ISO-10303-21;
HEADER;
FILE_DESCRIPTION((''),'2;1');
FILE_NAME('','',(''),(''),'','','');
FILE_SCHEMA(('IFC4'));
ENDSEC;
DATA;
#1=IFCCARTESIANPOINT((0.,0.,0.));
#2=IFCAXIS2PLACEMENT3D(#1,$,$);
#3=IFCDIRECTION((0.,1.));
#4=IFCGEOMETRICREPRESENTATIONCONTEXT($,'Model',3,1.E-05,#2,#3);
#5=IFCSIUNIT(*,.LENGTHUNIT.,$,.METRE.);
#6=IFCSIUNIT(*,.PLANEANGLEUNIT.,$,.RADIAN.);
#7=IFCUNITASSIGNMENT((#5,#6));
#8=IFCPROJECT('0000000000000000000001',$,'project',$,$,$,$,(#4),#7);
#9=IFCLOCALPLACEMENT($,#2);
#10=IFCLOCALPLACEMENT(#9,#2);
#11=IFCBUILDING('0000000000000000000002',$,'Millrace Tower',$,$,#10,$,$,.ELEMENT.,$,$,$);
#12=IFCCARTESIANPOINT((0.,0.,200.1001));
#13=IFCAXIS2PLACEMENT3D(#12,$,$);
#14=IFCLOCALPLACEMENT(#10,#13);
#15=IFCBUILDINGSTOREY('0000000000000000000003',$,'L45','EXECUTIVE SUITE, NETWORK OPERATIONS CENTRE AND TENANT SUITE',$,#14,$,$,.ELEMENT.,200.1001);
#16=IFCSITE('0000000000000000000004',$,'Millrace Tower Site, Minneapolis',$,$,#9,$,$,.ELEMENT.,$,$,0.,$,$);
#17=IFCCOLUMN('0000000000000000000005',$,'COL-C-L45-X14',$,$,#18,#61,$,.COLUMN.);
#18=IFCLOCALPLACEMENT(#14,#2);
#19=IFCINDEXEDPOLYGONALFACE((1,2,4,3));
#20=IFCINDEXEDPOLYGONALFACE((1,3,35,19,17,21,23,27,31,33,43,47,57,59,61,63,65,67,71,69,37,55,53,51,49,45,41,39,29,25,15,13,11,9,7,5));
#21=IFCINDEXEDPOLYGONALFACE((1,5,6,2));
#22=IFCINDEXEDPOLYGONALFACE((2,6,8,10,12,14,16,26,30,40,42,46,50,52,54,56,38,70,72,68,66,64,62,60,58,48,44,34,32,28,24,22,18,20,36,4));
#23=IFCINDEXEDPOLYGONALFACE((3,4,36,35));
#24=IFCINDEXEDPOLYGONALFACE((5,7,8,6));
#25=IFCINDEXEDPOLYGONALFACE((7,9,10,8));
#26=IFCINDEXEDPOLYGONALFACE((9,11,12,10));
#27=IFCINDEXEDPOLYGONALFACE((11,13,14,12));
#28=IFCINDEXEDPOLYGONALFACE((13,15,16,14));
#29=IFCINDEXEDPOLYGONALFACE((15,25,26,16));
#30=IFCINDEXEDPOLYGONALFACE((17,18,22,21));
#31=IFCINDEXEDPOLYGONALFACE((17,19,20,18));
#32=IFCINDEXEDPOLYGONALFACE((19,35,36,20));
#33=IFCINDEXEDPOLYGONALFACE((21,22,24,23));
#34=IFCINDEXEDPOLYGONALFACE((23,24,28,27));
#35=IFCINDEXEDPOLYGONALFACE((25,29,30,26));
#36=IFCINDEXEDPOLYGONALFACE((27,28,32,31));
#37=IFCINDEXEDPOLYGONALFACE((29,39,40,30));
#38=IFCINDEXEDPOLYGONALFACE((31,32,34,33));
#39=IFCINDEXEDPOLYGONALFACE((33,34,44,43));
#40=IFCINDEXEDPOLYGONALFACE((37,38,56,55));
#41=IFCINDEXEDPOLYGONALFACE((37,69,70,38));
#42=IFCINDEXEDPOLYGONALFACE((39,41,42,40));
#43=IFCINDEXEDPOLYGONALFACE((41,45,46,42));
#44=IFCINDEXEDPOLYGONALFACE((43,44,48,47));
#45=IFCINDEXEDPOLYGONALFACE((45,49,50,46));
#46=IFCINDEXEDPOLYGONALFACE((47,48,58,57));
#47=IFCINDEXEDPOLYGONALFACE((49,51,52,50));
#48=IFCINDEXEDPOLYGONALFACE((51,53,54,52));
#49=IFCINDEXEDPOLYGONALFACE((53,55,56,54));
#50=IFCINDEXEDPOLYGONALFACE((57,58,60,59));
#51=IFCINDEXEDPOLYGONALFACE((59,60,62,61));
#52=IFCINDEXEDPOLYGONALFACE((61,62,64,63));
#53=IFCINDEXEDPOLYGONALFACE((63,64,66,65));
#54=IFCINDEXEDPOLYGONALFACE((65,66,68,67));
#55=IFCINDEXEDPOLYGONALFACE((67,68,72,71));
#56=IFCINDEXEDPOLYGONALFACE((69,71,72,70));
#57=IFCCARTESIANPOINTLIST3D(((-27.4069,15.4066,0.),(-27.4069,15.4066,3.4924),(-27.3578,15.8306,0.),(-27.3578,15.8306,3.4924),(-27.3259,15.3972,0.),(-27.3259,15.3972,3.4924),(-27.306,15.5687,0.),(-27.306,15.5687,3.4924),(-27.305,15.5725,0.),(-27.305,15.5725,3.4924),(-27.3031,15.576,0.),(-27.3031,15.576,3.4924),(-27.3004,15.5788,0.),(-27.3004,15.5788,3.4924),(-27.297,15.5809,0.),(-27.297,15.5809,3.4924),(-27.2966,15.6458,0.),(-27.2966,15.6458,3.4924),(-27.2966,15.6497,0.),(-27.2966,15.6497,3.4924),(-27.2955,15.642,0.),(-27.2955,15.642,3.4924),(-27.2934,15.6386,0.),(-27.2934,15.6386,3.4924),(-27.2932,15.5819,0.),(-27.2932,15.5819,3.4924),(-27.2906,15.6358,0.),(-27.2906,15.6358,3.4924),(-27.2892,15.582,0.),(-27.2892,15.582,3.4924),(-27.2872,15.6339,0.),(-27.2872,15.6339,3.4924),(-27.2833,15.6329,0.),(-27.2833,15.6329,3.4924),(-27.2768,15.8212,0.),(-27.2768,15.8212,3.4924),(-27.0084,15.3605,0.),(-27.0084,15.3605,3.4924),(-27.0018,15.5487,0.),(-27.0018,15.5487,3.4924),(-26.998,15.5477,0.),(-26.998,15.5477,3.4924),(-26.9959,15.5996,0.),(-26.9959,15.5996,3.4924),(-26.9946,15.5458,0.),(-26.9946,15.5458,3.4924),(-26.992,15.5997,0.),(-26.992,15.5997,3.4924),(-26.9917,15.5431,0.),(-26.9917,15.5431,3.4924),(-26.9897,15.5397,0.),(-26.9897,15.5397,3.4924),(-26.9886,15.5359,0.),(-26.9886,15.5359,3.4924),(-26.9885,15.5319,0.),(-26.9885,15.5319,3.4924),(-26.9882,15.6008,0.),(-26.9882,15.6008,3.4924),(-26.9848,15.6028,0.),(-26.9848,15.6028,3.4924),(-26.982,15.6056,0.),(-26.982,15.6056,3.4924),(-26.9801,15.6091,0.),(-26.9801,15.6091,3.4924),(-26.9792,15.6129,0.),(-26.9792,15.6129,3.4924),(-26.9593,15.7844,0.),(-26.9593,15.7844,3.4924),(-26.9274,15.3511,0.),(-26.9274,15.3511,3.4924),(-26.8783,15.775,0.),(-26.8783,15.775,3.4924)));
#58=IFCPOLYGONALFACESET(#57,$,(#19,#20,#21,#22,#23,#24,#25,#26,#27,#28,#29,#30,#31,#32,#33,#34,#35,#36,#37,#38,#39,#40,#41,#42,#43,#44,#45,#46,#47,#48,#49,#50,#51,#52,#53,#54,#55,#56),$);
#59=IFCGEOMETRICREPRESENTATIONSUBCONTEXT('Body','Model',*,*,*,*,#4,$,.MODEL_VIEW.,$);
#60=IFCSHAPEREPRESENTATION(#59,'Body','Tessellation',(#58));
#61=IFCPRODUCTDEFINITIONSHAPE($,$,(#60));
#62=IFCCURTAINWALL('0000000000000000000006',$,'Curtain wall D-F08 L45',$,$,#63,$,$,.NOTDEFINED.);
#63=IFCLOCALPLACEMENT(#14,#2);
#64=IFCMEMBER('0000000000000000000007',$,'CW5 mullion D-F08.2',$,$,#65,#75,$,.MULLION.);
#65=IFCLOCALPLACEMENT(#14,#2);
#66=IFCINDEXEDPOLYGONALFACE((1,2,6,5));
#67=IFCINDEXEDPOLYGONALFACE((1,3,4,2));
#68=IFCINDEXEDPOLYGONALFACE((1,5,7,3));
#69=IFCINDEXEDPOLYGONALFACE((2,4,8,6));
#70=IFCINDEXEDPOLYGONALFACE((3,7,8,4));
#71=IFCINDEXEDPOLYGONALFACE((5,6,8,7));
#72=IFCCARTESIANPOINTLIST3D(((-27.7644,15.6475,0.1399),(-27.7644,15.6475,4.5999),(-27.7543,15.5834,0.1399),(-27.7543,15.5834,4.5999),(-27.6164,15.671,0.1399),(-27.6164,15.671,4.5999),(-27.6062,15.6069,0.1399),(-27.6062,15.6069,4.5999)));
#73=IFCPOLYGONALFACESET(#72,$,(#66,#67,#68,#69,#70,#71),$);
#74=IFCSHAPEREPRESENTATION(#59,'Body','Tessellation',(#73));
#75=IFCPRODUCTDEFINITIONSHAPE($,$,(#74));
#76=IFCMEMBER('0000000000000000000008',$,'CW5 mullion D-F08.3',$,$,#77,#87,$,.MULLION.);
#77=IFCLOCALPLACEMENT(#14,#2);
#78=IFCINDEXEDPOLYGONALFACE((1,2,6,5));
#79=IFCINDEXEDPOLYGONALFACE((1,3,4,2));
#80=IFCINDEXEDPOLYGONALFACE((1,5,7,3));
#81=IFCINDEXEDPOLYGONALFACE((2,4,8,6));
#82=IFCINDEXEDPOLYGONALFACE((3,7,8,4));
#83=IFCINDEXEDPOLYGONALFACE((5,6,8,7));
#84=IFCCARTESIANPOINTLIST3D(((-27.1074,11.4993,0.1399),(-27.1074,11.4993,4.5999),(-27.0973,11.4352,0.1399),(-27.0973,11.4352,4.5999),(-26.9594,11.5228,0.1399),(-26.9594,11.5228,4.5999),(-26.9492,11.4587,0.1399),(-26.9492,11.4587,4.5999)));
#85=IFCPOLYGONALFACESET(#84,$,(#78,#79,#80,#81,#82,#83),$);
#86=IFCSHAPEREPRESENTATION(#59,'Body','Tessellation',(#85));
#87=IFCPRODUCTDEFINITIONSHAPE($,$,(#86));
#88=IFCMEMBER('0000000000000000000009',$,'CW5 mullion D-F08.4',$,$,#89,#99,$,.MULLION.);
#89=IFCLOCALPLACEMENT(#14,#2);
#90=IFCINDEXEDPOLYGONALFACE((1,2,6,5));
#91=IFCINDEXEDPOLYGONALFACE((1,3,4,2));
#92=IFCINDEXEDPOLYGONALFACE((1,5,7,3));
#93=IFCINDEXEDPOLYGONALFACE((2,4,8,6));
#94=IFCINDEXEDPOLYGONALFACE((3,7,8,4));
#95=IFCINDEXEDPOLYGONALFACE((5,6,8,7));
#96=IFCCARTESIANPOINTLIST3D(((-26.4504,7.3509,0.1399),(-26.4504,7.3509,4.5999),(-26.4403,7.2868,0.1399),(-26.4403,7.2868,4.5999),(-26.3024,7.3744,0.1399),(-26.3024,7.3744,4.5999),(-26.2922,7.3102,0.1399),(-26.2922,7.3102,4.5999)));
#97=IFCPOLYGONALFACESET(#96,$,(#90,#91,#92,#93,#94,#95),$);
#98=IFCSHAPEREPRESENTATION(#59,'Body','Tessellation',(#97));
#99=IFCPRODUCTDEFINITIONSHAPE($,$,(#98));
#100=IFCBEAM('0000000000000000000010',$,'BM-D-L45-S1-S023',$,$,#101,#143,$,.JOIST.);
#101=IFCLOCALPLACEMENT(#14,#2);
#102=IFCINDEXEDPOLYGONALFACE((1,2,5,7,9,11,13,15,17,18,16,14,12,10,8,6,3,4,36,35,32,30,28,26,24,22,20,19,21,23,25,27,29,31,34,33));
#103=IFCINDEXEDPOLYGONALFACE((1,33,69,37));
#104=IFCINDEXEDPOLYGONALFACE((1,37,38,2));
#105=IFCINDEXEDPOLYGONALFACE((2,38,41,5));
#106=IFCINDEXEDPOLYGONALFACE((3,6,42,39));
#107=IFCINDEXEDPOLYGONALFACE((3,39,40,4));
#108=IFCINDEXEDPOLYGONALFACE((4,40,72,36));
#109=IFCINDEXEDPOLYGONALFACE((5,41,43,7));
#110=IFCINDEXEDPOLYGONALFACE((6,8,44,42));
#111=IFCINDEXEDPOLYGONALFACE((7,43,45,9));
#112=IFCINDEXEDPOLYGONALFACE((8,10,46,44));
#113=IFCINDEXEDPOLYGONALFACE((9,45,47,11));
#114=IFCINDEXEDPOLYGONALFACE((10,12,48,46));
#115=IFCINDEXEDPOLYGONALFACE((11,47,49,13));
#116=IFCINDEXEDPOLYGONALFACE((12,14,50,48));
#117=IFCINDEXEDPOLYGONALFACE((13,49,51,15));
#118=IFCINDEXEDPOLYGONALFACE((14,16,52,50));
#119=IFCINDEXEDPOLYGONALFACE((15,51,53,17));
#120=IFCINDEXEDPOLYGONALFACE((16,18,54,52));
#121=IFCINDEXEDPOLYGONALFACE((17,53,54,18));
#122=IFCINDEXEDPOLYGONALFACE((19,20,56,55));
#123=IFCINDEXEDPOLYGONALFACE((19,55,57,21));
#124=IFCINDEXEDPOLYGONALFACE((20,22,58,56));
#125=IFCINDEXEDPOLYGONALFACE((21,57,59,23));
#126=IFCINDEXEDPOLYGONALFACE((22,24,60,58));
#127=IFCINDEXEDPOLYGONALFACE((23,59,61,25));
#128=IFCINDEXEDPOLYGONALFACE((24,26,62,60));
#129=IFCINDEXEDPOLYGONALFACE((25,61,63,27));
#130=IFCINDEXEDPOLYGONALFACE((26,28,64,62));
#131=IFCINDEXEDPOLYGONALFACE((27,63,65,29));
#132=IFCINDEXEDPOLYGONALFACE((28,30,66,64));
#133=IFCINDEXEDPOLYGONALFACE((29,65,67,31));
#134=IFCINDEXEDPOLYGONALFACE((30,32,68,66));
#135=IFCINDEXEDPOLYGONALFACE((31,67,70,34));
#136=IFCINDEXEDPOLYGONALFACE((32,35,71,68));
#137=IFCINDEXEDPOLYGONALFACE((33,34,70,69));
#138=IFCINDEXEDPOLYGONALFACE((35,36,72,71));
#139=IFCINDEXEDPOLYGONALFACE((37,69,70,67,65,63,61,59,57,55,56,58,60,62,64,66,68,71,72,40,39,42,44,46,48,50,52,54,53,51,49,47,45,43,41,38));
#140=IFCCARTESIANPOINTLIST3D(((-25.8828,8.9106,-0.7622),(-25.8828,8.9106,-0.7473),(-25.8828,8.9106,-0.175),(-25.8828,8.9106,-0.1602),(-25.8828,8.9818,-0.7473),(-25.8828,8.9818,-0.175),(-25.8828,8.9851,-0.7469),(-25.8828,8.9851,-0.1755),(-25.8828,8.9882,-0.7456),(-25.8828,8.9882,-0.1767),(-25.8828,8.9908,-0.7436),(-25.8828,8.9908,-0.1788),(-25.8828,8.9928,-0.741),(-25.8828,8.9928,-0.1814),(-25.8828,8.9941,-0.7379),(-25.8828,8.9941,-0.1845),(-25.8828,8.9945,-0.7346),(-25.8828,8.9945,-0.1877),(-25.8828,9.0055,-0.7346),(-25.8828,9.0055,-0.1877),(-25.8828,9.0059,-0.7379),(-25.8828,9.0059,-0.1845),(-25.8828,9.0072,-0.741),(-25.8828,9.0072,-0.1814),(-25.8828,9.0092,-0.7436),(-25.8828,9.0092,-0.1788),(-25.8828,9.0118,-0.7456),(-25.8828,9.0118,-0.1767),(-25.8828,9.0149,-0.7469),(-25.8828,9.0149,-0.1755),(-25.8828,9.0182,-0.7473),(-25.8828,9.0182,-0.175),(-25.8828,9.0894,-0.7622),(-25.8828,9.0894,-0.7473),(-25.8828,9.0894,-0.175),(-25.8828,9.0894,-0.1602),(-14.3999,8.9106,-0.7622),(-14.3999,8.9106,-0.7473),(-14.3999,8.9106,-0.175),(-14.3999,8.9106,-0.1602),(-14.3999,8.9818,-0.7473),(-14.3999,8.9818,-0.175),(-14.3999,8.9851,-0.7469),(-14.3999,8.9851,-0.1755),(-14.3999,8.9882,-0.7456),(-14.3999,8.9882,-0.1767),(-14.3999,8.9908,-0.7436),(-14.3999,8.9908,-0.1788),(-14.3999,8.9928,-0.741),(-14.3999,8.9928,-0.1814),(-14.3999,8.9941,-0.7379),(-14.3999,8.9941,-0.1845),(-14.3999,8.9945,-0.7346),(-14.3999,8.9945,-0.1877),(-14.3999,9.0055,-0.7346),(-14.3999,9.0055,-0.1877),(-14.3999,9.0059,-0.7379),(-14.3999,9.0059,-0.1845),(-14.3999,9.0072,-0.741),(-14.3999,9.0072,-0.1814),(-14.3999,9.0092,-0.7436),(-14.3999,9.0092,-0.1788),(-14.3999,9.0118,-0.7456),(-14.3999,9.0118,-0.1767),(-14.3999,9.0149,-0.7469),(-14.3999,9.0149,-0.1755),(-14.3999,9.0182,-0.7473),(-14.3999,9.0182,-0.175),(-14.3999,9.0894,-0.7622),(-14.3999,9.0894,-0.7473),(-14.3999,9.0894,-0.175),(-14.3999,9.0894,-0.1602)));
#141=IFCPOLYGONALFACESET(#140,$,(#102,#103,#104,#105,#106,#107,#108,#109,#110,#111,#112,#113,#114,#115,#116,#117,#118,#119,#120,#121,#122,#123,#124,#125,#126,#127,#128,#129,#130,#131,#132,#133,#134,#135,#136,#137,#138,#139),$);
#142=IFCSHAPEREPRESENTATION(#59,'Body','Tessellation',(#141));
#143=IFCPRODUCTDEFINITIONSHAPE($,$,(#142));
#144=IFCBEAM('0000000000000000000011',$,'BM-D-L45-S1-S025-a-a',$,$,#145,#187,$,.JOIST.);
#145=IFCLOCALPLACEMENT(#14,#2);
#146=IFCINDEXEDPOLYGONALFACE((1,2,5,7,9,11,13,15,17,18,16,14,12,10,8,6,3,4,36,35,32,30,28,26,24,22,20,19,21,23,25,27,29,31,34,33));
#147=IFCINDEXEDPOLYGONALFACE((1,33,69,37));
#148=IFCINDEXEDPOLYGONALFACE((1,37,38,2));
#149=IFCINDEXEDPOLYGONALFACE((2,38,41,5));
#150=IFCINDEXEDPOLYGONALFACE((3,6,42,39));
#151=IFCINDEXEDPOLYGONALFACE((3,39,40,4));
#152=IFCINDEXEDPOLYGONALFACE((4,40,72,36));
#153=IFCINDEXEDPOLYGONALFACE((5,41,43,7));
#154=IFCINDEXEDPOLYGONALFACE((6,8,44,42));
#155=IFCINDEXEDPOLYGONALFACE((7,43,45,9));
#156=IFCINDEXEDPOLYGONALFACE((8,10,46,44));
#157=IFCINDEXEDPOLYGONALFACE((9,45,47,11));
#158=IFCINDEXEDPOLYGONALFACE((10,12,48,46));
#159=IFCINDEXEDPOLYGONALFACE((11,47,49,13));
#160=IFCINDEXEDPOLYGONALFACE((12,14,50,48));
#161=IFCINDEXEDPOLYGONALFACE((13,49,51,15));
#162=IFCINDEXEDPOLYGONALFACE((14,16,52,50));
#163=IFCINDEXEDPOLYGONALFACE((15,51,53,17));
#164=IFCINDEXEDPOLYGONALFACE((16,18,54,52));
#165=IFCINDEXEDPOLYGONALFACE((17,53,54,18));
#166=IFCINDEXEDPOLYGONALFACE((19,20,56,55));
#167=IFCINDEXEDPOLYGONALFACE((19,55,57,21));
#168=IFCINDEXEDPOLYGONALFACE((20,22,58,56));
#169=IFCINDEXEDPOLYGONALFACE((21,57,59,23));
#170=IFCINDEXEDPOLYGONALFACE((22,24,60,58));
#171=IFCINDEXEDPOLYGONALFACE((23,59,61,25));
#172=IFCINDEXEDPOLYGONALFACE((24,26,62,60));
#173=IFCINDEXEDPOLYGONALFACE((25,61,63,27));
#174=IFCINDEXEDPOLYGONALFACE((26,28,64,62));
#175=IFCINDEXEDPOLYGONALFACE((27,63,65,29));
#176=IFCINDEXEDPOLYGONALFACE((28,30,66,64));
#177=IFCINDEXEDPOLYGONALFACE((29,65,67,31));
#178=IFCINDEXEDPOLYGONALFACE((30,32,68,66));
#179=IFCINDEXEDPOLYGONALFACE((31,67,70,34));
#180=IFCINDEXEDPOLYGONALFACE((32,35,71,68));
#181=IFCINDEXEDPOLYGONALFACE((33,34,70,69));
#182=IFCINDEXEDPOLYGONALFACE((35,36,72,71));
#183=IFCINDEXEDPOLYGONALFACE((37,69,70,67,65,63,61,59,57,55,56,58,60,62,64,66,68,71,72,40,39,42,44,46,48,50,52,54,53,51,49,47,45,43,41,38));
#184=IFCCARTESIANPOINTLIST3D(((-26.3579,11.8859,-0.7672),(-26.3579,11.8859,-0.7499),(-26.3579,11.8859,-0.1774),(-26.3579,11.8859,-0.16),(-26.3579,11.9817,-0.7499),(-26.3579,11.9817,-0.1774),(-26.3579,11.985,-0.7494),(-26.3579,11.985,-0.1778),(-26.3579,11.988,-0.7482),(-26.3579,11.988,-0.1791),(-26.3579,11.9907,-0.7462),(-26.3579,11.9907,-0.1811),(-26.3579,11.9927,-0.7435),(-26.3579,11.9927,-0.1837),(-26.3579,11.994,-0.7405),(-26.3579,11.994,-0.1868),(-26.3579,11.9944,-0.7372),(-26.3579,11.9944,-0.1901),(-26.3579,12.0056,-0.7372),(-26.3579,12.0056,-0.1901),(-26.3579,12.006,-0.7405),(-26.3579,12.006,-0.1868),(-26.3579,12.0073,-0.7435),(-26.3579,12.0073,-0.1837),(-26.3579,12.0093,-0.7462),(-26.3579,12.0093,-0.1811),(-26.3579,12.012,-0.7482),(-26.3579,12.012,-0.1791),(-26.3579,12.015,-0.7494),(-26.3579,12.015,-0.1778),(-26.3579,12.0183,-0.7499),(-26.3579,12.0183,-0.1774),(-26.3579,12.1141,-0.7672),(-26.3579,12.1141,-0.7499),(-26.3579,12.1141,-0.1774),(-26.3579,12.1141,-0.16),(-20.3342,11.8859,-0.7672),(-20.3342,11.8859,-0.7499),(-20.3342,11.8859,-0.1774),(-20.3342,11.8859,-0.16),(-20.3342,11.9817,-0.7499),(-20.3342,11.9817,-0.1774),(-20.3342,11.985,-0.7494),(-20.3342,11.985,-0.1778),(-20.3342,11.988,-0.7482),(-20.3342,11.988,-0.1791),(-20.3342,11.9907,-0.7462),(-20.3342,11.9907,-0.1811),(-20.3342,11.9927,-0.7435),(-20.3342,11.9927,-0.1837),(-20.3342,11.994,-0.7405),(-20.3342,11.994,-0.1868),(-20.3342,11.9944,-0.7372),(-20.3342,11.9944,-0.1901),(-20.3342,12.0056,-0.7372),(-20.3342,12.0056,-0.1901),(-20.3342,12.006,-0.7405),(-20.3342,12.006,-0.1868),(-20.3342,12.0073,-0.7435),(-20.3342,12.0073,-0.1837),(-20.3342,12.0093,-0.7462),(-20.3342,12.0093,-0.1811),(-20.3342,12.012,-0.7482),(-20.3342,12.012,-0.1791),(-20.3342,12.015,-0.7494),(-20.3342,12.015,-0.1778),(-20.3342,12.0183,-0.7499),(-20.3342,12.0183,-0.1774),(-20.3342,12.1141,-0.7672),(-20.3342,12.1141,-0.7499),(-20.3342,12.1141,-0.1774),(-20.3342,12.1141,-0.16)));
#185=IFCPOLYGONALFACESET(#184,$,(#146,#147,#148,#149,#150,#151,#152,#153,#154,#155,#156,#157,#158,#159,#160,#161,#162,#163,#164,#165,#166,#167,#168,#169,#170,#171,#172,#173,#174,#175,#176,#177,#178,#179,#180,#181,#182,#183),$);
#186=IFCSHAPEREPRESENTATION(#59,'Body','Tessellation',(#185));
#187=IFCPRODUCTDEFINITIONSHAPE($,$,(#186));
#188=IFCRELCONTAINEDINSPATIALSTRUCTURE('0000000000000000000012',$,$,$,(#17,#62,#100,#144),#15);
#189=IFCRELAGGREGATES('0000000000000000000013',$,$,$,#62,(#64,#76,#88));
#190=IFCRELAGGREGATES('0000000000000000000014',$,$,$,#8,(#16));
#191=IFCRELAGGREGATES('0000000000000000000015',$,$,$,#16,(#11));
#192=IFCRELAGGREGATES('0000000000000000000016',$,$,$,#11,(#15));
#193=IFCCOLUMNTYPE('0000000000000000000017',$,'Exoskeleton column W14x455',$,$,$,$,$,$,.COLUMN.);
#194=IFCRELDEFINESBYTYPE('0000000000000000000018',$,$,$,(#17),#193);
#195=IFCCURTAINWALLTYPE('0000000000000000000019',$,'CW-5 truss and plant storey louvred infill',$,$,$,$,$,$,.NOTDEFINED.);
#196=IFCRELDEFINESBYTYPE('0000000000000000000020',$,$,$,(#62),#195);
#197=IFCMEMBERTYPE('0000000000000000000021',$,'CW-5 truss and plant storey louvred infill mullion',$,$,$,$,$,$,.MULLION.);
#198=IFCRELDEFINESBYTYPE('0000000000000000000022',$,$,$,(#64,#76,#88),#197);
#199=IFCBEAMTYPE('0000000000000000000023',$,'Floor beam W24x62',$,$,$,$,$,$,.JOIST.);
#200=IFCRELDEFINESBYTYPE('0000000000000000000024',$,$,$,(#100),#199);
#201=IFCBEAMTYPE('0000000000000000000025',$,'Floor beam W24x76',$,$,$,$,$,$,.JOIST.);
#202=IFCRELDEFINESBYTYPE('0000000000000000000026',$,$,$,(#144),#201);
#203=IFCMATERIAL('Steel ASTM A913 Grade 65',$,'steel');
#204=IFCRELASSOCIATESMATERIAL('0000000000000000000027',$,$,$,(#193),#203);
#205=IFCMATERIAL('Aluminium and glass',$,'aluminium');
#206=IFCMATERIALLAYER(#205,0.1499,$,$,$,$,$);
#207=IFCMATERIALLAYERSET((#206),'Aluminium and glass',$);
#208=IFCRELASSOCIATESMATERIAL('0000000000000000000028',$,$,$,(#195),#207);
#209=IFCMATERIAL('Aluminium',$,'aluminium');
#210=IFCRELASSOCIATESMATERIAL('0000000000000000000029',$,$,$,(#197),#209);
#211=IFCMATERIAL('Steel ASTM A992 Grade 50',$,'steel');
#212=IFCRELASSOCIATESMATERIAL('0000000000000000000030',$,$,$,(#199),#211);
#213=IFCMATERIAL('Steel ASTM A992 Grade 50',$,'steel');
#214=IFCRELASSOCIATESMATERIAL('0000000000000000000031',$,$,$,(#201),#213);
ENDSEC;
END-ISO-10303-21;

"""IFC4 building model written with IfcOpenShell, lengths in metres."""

from ifc_helpers import new_model, si_unit, direction, frame, origin, origin_2d, place, context, subcontext, project, spatial, rectangle, i_section, extrude, material, layer, layer_set, material_profile, profile_set, type_object, element, aggregate, save


model = new_model("IFC4")

# Units and contexts
model_context = context("Model", 3, precision=1e-05, world=origin(), true_north=direction((0.0, 1.0)))
body_context = subcontext(model_context, "Body", "Model", "MODEL_VIEW")
ifc_project = project(units=[si_unit("LENGTHUNIT", "METRE"), si_unit("PLANEANGLEUNIT", "RADIAN")], contexts=[model_context])

# Site, building, storey
site_placement = place(None, origin())
site = spatial("IfcSite", under=ifc_project, at=site_placement, Name="Millrace Tower Site, Minneapolis", CompositionType="ELEMENT", RefElevation=0.0)
building_placement = place(site_placement, origin())
building = spatial("IfcBuilding", under=site, at=building_placement, Name="Millrace Tower", CompositionType="ELEMENT")
storey_placement = place(building_placement, frame((0.0, 0.0, 200.1001)))
storey = spatial("IfcBuildingStorey", under=building, at=storey_placement, Name="L45", Description="EXECUTIVE SUITE, NETWORK OPERATIONS CENTRE AND TENANT SUITE", CompositionType="ELEMENT", Elevation=200.1001)

# Column
ifc_material_1 = material(Name="Steel ASTM A913 Grade 65", Category="steel")
ifc_material_profile_1 = material_profile(ifc_material_1, i_section(OverallWidth=0.4268, OverallDepth=0.4827, WebThickness=0.0513, FlangeThickness=0.0815, FilletRadius=0.0151, at=origin_2d()))
ifc_profile_set_1 = profile_set([ifc_material_profile_1], Name="Steel ASTM A913 Grade 65")
column_type = type_object("IfcColumnType", Name="Exoskeleton column W14x455", PredefinedType="COLUMN", material=ifc_profile_set_1)
column_placement = place(storey_placement, frame((-27.1426, 15.5908, 0.0), z_axis=(0.0, 0.0, 1.0), x_axis=(-0.115069, -0.993358, 0.0)))
element("IfcColumn", 1, at=column_placement, inside=storey, type_object=column_type, Name="COL-C-L45-X14", PredefinedType="COLUMN", context=body_context, shape_type="SweptSolid", body=[
    extrude(i_section(OverallWidth=0.4268, OverallDepth=0.4827, WebThickness=0.0513, FlangeThickness=0.0815, FilletRadius=0.0151, at=origin_2d()), origin(), (0.0, 0.0, 1.0), 3.4924),
])

# Curtain wall, members
ifc_material_2 = material(Name="Aluminium and glass", Category="aluminium")
ifc_layer_1 = layer(ifc_material_2, 0.1499)
ifc_layer_set_1 = layer_set([ifc_layer_1], Name="Aluminium and glass")
curtain_wall_type = type_object("IfcCurtainWallType", Name="CW-5 truss and plant storey louvred infill", PredefinedType="NOTDEFINED", material=ifc_layer_set_1)
curtain_wall_placement = place(storey_placement, origin())
curtain_wall = element("IfcCurtainWall", 2, at=curtain_wall_placement, inside=storey, type_object=curtain_wall_type, Name="Curtain wall D-F08 L45", PredefinedType="NOTDEFINED")
ifc_material_3 = material(Name="Aluminium", Category="aluminium")
ifc_material_profile_2 = material_profile(ifc_material_3, rectangle(XDim=0.0649, YDim=0.1499, at=origin_2d()))
ifc_profile_set_2 = profile_set([ifc_material_profile_2], Name="Aluminium")
member_type_1 = type_object("IfcMemberType", Name="CW-5 truss and plant storey louvred infill mullion", PredefinedType="MULLION", material=ifc_profile_set_2)
member_1_placement = place(storey_placement, frame((-27.6853, 15.6272, 0.1399), z_axis=(0.0, 0.0, 1.0), x_axis=(0.156434, -0.987688, 0.0)))
member_1 = element("IfcMember", 3, at=member_1_placement, type_object=member_type_1, Name="CW5 mullion D-F08.2", PredefinedType="MULLION", context=body_context, shape_type="SweptSolid", body=[
    extrude(rectangle(XDim=0.0649, YDim=0.1499, at=origin_2d()), origin(), (0.0, 0.0, 1.0), 4.46),
])
member_2_placement = place(storey_placement, frame((-27.0283, 11.479, 0.1399), z_axis=(0.0, 0.0, 1.0), x_axis=(0.156434, -0.987688, 0.0)))
member_2 = element("IfcMember", 4, at=member_2_placement, type_object=member_type_1, Name="CW5 mullion D-F08.3", PredefinedType="MULLION", context=body_context, shape_type="SweptSolid", body=[
    extrude(rectangle(XDim=0.0649, YDim=0.1499, at=origin_2d()), origin(), (0.0, 0.0, 1.0), 4.46),
])
member_3_placement = place(storey_placement, frame((-26.3713, 7.3306, 0.1399), z_axis=(0.0, 0.0, 1.0), x_axis=(0.156434, -0.987688, 0.0)))
member_3 = element("IfcMember", 5, at=member_3_placement, type_object=member_type_1, Name="CW5 mullion D-F08.4", PredefinedType="MULLION", context=body_context, shape_type="SweptSolid", body=[
    extrude(rectangle(XDim=0.0649, YDim=0.1499, at=origin_2d()), origin(), (0.0, 0.0, 1.0), 4.46),
])
aggregate(curtain_wall, [member_1, member_2, member_3])

# Beams
ifc_material_4 = material(Name="Steel ASTM A992 Grade 50", Category="steel")
ifc_material_profile_3 = material_profile(ifc_material_4, i_section(OverallWidth=0.1787, OverallDepth=0.6021, WebThickness=0.011, FlangeThickness=0.0149, FilletRadius=0.0127, at=origin_2d()))
ifc_profile_set_3 = profile_set([ifc_material_profile_3], Name="Steel ASTM A992 Grade 50")
beam_type_1 = type_object("IfcBeamType", Name="Floor beam W24x62", PredefinedType="JOIST", material=ifc_profile_set_3)
beam_1_placement = place(storey_placement, frame((-25.8828, 9.0, -0.4612), z_axis=(1.0, 0.0, 0.0), x_axis=(0.0, 1.0, 0.0)))
element("IfcBeam", 6, at=beam_1_placement, inside=storey, type_object=beam_type_1, Name="BM-D-L45-S1-S023", PredefinedType="JOIST", context=body_context, shape_type="SweptSolid", body=[
    extrude(i_section(OverallWidth=0.1787, OverallDepth=0.6021, WebThickness=0.011, FlangeThickness=0.0149, FilletRadius=0.0127, at=origin_2d()), origin(), (0.0, 0.0, 1.0), 11.4829),
])
ifc_material_5 = material(Name="Steel ASTM A992 Grade 50", Category="steel")
ifc_material_profile_4 = material_profile(ifc_material_5, i_section(OverallWidth=0.2283, OverallDepth=0.6072, WebThickness=0.0112, FlangeThickness=0.0173, FilletRadius=0.0127, at=origin_2d()))
ifc_profile_set_4 = profile_set([ifc_material_profile_4], Name="Steel ASTM A992 Grade 50")
beam_type_2 = type_object("IfcBeamType", Name="Floor beam W24x76", PredefinedType="JOIST", material=ifc_profile_set_4)
beam_2_placement = place(storey_placement, frame((-26.3579, 12.0, -0.4636), z_axis=(1.0, 0.0, 0.0), x_axis=(0.0, 1.0, 0.0)))
element("IfcBeam", 7, at=beam_2_placement, inside=storey, type_object=beam_type_2, Name="BM-D-L45-S1-S025-a-a", PredefinedType="JOIST", context=body_context, shape_type="SweptSolid", body=[
    extrude(i_section(OverallWidth=0.2283, OverallDepth=0.6072, WebThickness=0.0112, FlangeThickness=0.0173, FilletRadius=0.0127, at=origin_2d()), origin(), (0.0, 0.0, 1.0), 6.0237),
])

save(model, "model.ifc")
